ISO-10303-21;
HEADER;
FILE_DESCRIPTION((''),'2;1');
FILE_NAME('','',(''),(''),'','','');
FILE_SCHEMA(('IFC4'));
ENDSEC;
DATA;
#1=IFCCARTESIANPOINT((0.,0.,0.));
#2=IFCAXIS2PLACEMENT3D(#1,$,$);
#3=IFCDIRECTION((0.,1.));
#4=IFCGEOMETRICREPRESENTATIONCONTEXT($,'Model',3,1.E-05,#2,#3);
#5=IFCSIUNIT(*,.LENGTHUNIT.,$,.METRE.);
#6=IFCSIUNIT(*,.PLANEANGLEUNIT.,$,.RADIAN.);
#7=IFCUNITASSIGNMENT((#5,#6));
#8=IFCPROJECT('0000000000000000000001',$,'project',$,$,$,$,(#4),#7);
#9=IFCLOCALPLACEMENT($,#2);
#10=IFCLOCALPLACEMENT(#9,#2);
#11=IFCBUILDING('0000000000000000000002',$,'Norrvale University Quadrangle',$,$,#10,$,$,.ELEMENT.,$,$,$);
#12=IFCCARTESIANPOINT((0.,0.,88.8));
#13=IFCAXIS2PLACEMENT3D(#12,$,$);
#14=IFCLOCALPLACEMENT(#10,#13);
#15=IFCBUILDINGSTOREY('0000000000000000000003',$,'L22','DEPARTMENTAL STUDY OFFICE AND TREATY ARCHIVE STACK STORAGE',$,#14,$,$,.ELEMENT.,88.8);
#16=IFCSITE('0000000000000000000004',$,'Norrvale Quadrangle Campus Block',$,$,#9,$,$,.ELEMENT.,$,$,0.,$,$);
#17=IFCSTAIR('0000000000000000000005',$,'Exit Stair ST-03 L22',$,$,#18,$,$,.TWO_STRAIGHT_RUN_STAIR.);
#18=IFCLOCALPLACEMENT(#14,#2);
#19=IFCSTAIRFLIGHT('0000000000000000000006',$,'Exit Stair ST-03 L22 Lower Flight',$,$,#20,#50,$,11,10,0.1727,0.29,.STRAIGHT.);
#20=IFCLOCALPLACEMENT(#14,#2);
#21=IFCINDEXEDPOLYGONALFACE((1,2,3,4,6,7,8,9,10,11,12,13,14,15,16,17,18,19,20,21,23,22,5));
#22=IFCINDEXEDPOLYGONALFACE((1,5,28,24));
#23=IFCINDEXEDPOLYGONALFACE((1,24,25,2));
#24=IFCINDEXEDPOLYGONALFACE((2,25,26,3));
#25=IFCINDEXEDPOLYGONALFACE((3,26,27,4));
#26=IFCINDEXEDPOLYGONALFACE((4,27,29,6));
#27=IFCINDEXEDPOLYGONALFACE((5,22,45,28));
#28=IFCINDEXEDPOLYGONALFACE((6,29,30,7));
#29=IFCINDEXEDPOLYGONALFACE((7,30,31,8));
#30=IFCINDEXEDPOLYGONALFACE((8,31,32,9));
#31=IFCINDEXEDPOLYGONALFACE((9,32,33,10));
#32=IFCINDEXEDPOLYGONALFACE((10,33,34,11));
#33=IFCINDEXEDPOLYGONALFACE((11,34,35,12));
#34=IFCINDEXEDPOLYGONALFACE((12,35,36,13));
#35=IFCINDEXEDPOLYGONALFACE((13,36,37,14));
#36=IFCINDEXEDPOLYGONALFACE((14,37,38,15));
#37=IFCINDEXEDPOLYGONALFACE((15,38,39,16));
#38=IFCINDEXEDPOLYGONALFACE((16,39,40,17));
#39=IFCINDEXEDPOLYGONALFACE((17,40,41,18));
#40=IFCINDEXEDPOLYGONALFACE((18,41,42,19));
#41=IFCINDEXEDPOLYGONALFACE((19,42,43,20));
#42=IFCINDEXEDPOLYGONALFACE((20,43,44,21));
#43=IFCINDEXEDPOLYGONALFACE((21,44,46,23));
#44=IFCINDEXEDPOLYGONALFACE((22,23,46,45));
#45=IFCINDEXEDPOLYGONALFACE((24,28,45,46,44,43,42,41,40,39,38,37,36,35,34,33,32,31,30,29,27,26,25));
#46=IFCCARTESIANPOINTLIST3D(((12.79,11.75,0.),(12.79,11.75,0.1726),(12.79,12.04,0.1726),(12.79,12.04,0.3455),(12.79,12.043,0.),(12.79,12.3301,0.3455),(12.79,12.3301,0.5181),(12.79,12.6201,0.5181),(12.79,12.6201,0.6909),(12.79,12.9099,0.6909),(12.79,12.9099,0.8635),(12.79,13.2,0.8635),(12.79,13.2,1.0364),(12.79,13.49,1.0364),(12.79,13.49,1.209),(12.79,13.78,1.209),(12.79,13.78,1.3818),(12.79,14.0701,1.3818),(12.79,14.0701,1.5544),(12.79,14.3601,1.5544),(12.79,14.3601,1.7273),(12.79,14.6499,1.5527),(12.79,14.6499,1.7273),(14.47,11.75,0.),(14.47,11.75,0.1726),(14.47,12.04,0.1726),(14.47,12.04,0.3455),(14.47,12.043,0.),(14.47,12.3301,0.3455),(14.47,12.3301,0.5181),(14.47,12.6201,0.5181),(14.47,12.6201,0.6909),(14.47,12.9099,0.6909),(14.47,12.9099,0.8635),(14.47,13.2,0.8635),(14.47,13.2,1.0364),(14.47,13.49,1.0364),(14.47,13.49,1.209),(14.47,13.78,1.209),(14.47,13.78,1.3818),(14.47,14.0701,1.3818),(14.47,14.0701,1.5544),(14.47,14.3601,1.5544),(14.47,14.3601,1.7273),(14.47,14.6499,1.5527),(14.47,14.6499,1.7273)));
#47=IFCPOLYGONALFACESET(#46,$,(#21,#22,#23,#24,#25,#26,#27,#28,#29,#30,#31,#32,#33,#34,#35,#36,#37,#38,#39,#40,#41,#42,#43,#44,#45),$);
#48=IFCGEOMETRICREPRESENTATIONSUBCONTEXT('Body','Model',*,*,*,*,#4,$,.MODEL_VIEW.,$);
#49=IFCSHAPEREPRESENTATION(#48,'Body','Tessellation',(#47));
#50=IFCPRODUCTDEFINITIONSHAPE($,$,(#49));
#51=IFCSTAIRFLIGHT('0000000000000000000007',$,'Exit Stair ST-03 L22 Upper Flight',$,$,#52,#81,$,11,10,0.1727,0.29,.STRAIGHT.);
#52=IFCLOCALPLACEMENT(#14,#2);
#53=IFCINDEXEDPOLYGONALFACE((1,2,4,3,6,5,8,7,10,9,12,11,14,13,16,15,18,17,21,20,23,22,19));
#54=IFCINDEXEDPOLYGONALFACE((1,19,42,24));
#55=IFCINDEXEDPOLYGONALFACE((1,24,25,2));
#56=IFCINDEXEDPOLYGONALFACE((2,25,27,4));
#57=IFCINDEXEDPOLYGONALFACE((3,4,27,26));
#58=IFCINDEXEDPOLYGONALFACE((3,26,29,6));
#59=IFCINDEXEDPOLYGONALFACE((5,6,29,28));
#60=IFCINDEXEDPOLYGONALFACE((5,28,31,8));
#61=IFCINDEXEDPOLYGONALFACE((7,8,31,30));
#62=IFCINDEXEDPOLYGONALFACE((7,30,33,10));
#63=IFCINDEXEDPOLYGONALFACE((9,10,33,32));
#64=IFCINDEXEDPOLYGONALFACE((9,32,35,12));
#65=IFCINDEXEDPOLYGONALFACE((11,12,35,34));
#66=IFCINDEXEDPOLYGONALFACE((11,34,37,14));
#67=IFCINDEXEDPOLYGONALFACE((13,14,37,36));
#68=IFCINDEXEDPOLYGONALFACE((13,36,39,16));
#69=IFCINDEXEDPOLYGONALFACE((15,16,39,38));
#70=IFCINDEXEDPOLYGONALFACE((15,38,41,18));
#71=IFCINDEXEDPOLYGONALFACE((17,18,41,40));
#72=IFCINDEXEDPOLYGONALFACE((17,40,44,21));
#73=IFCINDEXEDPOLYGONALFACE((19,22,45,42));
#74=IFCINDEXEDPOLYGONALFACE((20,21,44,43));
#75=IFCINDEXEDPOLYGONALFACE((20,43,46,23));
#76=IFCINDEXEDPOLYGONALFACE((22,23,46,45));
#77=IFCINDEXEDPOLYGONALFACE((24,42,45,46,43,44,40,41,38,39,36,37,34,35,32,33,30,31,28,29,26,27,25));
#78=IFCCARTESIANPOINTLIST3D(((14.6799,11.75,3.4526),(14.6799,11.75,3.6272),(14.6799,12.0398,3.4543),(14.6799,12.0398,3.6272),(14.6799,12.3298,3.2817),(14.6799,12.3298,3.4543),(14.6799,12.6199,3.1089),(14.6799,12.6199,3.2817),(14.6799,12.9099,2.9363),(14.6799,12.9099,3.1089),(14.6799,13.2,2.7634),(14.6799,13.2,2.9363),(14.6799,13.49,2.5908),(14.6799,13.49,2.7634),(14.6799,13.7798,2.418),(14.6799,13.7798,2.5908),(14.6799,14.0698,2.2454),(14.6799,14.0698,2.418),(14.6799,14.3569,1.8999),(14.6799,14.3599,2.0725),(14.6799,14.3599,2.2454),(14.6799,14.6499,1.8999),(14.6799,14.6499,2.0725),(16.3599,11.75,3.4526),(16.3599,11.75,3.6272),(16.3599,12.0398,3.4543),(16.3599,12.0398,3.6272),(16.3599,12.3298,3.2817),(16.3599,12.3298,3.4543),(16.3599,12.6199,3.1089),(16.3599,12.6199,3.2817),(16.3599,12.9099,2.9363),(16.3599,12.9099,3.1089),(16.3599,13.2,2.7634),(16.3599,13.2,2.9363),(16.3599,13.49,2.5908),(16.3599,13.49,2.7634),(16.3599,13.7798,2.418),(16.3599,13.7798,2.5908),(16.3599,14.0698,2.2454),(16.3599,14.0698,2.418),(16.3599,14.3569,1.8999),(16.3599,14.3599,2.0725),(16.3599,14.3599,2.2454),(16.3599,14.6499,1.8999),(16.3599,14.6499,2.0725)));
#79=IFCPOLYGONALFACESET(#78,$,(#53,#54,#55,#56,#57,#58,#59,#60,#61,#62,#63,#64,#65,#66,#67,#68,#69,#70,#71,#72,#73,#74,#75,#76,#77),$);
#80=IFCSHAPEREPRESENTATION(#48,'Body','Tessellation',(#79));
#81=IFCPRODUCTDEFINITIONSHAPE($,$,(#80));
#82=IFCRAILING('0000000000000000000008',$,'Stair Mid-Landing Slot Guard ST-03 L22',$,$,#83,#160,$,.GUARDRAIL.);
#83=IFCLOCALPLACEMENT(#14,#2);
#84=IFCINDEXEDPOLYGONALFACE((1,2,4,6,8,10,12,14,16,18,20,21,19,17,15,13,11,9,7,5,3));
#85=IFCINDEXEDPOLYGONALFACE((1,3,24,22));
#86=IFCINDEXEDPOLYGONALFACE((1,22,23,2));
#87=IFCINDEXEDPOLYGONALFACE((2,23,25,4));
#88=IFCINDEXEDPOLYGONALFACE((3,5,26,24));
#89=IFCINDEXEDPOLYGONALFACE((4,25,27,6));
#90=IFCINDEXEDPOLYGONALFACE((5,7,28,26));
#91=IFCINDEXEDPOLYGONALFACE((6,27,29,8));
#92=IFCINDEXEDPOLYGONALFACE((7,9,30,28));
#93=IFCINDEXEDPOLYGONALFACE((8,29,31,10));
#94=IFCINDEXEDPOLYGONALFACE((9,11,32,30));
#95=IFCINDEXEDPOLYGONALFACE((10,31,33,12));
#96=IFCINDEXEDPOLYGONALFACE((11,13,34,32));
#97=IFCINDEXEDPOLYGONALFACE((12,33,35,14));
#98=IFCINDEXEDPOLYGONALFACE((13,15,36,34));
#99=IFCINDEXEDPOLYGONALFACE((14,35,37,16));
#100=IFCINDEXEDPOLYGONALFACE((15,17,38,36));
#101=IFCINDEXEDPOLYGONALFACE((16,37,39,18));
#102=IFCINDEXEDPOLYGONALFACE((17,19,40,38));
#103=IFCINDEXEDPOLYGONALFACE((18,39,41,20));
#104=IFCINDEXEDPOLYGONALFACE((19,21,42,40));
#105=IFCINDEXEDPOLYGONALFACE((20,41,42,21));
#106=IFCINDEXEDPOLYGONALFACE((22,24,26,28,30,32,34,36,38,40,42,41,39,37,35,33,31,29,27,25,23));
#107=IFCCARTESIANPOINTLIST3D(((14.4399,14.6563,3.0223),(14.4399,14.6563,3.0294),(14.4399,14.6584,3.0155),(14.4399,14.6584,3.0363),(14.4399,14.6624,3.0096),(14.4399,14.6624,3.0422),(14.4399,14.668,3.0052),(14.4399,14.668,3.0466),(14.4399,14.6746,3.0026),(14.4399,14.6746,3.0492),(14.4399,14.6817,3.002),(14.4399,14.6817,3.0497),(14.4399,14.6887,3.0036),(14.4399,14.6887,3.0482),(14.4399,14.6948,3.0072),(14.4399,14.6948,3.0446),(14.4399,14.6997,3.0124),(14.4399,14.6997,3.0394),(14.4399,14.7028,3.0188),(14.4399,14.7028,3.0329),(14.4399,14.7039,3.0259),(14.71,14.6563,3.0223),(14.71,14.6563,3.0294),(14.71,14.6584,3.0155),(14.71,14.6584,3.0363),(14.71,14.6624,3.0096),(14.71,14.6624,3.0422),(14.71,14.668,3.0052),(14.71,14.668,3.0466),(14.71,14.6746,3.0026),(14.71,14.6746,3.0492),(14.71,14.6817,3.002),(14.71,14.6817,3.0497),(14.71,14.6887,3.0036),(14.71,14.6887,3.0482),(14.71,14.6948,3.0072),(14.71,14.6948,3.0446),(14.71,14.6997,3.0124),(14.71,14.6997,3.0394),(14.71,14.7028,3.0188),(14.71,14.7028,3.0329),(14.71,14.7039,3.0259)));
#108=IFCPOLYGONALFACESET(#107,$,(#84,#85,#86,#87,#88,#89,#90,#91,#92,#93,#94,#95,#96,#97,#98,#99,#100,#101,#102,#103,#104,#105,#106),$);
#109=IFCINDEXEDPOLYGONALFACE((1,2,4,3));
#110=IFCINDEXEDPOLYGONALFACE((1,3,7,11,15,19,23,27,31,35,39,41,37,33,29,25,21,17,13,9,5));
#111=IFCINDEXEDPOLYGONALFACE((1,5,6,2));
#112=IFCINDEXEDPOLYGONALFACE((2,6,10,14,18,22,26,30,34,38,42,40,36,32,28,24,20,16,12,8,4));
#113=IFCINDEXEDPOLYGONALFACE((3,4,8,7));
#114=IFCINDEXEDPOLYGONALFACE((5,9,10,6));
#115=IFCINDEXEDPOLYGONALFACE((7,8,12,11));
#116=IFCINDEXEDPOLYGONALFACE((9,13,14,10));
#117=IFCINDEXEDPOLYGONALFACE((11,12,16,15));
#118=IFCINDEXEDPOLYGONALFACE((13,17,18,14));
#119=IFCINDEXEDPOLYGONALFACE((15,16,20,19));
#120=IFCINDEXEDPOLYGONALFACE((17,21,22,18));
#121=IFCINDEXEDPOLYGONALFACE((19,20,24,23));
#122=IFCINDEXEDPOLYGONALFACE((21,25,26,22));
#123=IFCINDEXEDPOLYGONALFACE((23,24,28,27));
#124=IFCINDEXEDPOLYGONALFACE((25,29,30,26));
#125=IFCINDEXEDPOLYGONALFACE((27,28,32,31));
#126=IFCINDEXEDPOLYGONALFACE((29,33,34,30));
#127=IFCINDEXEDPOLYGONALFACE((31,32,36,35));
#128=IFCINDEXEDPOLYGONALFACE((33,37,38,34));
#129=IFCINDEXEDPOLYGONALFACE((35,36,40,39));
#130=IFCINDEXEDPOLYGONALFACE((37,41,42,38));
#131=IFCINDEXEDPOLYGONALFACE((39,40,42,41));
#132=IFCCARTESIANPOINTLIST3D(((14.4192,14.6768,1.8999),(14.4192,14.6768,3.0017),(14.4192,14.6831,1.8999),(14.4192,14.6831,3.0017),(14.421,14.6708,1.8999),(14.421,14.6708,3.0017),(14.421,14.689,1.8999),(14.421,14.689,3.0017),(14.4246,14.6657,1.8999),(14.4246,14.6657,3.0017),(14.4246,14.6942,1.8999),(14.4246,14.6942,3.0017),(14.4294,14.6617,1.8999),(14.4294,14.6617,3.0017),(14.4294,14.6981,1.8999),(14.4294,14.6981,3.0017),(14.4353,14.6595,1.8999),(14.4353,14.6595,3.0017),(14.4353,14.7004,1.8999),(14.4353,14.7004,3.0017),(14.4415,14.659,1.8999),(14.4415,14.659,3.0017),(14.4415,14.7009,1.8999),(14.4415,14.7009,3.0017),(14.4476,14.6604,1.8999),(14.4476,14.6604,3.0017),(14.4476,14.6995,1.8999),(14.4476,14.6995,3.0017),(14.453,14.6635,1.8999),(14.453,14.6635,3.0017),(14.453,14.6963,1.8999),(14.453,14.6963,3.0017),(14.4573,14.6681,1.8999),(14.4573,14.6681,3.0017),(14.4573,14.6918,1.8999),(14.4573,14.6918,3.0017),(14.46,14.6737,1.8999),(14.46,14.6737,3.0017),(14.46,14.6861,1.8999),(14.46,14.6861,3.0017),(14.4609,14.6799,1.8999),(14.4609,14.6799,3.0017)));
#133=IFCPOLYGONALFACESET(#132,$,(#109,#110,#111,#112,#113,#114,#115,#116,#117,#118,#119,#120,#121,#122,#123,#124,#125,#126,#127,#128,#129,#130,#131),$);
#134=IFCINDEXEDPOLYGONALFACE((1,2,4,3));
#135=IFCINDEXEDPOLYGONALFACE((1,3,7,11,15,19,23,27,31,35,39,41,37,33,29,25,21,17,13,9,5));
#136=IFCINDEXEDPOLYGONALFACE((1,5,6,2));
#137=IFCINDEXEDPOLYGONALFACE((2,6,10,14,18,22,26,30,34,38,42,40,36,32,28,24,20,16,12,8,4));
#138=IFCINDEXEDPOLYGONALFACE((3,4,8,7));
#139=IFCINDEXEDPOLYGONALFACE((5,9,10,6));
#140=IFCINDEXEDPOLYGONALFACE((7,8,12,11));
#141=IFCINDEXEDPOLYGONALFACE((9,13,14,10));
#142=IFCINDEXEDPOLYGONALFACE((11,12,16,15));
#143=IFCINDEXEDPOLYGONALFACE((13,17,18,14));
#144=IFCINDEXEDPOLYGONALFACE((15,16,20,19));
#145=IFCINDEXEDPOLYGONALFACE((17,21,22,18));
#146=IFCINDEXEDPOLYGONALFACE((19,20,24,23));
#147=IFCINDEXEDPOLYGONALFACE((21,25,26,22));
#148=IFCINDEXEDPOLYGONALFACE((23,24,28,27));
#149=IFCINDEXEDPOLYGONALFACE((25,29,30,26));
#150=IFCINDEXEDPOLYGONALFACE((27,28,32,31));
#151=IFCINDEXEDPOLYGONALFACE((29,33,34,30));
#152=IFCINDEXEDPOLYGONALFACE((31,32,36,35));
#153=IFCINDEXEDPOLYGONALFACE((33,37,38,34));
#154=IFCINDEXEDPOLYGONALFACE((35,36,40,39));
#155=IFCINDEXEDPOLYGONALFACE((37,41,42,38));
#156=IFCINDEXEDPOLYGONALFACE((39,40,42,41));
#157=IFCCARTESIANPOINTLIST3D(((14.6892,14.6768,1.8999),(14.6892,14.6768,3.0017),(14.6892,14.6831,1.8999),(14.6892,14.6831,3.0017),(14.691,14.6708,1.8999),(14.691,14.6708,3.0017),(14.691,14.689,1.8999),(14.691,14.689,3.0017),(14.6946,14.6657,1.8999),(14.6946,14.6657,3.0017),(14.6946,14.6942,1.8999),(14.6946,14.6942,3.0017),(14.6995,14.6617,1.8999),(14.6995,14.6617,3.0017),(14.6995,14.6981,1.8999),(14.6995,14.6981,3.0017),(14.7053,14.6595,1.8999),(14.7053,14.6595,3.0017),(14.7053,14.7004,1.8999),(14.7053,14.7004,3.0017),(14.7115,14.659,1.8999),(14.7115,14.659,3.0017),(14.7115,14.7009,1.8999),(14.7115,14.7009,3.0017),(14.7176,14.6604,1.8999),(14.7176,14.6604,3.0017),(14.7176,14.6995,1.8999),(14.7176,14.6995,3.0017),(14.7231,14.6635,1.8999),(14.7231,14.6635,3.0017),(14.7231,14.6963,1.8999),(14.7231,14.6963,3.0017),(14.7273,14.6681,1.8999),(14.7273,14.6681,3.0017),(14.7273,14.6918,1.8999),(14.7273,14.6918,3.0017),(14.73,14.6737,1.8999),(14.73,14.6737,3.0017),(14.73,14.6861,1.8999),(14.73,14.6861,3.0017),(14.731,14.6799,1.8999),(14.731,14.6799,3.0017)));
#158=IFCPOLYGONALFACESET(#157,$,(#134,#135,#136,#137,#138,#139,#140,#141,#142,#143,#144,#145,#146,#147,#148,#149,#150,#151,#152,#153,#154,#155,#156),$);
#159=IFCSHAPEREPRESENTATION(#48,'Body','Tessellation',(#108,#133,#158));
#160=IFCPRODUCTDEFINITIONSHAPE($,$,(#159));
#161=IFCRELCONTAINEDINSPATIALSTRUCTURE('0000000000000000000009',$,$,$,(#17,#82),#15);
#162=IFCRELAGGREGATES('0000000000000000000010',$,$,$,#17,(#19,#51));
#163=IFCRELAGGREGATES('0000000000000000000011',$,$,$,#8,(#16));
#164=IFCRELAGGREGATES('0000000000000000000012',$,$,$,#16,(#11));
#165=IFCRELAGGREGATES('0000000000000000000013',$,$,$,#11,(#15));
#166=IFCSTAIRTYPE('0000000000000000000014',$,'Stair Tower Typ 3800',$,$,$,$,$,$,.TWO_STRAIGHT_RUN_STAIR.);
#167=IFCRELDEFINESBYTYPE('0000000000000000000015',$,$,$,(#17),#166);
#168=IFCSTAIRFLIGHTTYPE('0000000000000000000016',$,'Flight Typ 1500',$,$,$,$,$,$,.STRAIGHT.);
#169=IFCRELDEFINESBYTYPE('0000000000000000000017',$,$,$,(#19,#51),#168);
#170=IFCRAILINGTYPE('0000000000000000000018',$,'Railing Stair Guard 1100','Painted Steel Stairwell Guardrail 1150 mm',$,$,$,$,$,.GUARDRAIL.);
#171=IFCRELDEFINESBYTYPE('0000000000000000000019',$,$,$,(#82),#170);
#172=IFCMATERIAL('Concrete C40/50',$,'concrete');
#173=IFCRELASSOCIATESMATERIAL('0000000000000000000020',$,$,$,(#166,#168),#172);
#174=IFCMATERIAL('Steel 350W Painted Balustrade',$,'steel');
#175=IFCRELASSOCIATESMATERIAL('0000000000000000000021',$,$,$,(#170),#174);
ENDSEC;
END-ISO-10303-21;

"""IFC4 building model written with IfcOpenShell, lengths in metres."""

from ifc_helpers import new_model, si_unit, direction, frame, origin, origin_2d, place, context, subcontext, project, spatial, polyline, circle, outline, extrude, material, type_object, element, aggregate, save


model = new_model("IFC4")

# Units and contexts
model_context = context("Model", 3, precision=1e-05, world=origin(), true_north=direction((0.0, 1.0)))
body_context = subcontext(model_context, "Body", "Model", "MODEL_VIEW")
ifc_project = project(units=[si_unit("LENGTHUNIT", "METRE"), si_unit("PLANEANGLEUNIT", "RADIAN")], contexts=[model_context])

# Site, building, storey
site_placement = place(None, origin())
site = spatial("IfcSite", under=ifc_project, at=site_placement, Name="Norrvale Quadrangle Campus Block", CompositionType="ELEMENT", RefElevation=0.0)
building_placement = place(site_placement, origin())
building = spatial("IfcBuilding", under=site, at=building_placement, Name="Norrvale University Quadrangle", CompositionType="ELEMENT")
storey_placement = place(building_placement, frame((0.0, 0.0, 88.8)))
storey = spatial("IfcBuildingStorey", under=building, at=storey_placement, Name="L22", Description="DEPARTMENTAL STUDY OFFICE AND TREATY ARCHIVE STACK STORAGE", CompositionType="ELEMENT", Elevation=88.8)

# Stair, stair flights
ifc_material_1 = material(Name="Concrete C40/50", Category="concrete")
stair_type = type_object("IfcStairType", Name="Stair Tower Typ 3800", PredefinedType="TWO_STRAIGHT_RUN_STAIR", material=ifc_material_1)
stair_placement = place(storey_placement, origin())
stair = element("IfcStair", 1, at=stair_placement, inside=storey, type_object=stair_type, Name="Exit Stair ST-03 L22", PredefinedType="TWO_STRAIGHT_RUN_STAIR")
stair_flight_type = type_object("IfcStairFlightType", Name="Flight Typ 1500", PredefinedType="STRAIGHT", material=ifc_material_1)
stair_flight_1_placement = place(storey_placement, frame((13.6299, 11.75, 0.0), z_axis=(0.0, 0.0, 1.0), x_axis=(0.0, 1.0, 0.0)))
stair_flight_1 = element("IfcStairFlight", 2, at=stair_flight_1_placement, type_object=stair_flight_type, Name="Exit Stair ST-03 L22 Lower Flight", NumberOfRisers=11, NumberOfTreads=10, PredefinedType="STRAIGHT", RiserHeight=0.1727, TreadLength=0.29, context=body_context, shape_type="SweptSolid", body=[
    extrude(outline(polyline([(0.0, 0.0), (0.0, 0.1726), (0.29, 0.1726), (0.29, 0.3455), (0.5801, 0.3455), (0.5801, 0.5181), (0.8701, 0.5181), (0.8701, 0.6909), (1.1599, 0.6909), (1.1599, 0.8635), (1.45, 0.8635), (1.45, 1.0364), (1.74, 1.0364), (1.74, 1.209), (2.03, 1.209), (2.03, 1.3818), (2.3201, 1.3818), (2.3201, 1.5544), (2.6101, 1.5544), (2.6101, 1.7273), (2.8999, 1.7273), (2.8999, 1.8999), (2.8999, 1.5527), (0.293, 0.0), (0.0, 0.0)])), frame((0.0, 0.8398, 0.0), z_axis=(0.0, -1.0, 0.0), x_axis=(1.0, 0.0, 0.0)), (0.0, 0.0, 1.0), 1.6799),
])
stair_flight_2_placement = place(storey_placement, frame((15.52, 14.6499, 1.8999), z_axis=(0.0, 0.0, 1.0), x_axis=(0.0, -1.0, 0.0)))
stair_flight_2 = element("IfcStairFlight", 3, at=stair_flight_2_placement, type_object=stair_flight_type, Name="Exit Stair ST-03 L22 Upper Flight", NumberOfRisers=11, NumberOfTreads=10, PredefinedType="STRAIGHT", RiserHeight=0.1727, TreadLength=0.29, context=body_context, shape_type="SweptSolid", body=[
    extrude(outline(polyline([(0.0, 0.0), (0.0, 0.1726), (0.29, 0.1726), (0.29, 0.3455), (0.5801, 0.3455), (0.5801, 0.5181), (0.8701, 0.5181), (0.8701, 0.6909), (1.1599, 0.6909), (1.1599, 0.8635), (1.45, 0.8635), (1.45, 1.0364), (1.74, 1.0364), (1.74, 1.209), (2.03, 1.209), (2.03, 1.3818), (2.3201, 1.3818), (2.3201, 1.5544), (2.6101, 1.5544), (2.6101, 1.7273), (2.8999, 1.7273), (2.8999, 1.8999), (2.8999, 1.5527), (0.293, 0.0), (0.0, 0.0)])), frame((0.0, 0.8398, 0.0), z_axis=(0.0, -1.0, 0.0), x_axis=(1.0, 0.0, 0.0)), (0.0, 0.0, 1.0), 1.6799),
])
aggregate(stair, [stair_flight_1, stair_flight_2])

# Railing
ifc_material_2 = material(Name="Steel 350W Painted Balustrade", Category="steel")
railing_type_1 = type_object("IfcRailingType", Name="Railing Stair Guard 1100", Description="Painted Steel Stairwell Guardrail 1150 mm", PredefinedType="GUARDRAIL", material=ifc_material_2)
railing_1_placement = place(storey_placement, frame((14.4399, 14.6799, 1.8999)))
element("IfcRailing", 4, at=railing_1_placement, inside=storey, type_object=railing_type_1, Name="Stair Mid-Landing Slot Guard ST-03 L22", PredefinedType="GUARDRAIL", context=body_context, shape_type="SweptSolid", body=[
    extrude(circle(Radius=0.0239, at=origin_2d()), frame((0.0, 0.0, 1.126), z_axis=(1.0, 0.0, 0.0), x_axis=(0.0, 1.0, 0.0)), (0.0, 0.0, 1.0), 0.27),
    extrude(circle(Radius=0.021, at=origin_2d()), origin(), (0.0, 0.0, 1.0), 1.1018),
    extrude(circle(Radius=0.021, at=origin_2d()), frame((0.27, 0.0, 0.0)), (0.0, 0.0, 1.0), 1.1018),
])

save(model, "model.ifc")
